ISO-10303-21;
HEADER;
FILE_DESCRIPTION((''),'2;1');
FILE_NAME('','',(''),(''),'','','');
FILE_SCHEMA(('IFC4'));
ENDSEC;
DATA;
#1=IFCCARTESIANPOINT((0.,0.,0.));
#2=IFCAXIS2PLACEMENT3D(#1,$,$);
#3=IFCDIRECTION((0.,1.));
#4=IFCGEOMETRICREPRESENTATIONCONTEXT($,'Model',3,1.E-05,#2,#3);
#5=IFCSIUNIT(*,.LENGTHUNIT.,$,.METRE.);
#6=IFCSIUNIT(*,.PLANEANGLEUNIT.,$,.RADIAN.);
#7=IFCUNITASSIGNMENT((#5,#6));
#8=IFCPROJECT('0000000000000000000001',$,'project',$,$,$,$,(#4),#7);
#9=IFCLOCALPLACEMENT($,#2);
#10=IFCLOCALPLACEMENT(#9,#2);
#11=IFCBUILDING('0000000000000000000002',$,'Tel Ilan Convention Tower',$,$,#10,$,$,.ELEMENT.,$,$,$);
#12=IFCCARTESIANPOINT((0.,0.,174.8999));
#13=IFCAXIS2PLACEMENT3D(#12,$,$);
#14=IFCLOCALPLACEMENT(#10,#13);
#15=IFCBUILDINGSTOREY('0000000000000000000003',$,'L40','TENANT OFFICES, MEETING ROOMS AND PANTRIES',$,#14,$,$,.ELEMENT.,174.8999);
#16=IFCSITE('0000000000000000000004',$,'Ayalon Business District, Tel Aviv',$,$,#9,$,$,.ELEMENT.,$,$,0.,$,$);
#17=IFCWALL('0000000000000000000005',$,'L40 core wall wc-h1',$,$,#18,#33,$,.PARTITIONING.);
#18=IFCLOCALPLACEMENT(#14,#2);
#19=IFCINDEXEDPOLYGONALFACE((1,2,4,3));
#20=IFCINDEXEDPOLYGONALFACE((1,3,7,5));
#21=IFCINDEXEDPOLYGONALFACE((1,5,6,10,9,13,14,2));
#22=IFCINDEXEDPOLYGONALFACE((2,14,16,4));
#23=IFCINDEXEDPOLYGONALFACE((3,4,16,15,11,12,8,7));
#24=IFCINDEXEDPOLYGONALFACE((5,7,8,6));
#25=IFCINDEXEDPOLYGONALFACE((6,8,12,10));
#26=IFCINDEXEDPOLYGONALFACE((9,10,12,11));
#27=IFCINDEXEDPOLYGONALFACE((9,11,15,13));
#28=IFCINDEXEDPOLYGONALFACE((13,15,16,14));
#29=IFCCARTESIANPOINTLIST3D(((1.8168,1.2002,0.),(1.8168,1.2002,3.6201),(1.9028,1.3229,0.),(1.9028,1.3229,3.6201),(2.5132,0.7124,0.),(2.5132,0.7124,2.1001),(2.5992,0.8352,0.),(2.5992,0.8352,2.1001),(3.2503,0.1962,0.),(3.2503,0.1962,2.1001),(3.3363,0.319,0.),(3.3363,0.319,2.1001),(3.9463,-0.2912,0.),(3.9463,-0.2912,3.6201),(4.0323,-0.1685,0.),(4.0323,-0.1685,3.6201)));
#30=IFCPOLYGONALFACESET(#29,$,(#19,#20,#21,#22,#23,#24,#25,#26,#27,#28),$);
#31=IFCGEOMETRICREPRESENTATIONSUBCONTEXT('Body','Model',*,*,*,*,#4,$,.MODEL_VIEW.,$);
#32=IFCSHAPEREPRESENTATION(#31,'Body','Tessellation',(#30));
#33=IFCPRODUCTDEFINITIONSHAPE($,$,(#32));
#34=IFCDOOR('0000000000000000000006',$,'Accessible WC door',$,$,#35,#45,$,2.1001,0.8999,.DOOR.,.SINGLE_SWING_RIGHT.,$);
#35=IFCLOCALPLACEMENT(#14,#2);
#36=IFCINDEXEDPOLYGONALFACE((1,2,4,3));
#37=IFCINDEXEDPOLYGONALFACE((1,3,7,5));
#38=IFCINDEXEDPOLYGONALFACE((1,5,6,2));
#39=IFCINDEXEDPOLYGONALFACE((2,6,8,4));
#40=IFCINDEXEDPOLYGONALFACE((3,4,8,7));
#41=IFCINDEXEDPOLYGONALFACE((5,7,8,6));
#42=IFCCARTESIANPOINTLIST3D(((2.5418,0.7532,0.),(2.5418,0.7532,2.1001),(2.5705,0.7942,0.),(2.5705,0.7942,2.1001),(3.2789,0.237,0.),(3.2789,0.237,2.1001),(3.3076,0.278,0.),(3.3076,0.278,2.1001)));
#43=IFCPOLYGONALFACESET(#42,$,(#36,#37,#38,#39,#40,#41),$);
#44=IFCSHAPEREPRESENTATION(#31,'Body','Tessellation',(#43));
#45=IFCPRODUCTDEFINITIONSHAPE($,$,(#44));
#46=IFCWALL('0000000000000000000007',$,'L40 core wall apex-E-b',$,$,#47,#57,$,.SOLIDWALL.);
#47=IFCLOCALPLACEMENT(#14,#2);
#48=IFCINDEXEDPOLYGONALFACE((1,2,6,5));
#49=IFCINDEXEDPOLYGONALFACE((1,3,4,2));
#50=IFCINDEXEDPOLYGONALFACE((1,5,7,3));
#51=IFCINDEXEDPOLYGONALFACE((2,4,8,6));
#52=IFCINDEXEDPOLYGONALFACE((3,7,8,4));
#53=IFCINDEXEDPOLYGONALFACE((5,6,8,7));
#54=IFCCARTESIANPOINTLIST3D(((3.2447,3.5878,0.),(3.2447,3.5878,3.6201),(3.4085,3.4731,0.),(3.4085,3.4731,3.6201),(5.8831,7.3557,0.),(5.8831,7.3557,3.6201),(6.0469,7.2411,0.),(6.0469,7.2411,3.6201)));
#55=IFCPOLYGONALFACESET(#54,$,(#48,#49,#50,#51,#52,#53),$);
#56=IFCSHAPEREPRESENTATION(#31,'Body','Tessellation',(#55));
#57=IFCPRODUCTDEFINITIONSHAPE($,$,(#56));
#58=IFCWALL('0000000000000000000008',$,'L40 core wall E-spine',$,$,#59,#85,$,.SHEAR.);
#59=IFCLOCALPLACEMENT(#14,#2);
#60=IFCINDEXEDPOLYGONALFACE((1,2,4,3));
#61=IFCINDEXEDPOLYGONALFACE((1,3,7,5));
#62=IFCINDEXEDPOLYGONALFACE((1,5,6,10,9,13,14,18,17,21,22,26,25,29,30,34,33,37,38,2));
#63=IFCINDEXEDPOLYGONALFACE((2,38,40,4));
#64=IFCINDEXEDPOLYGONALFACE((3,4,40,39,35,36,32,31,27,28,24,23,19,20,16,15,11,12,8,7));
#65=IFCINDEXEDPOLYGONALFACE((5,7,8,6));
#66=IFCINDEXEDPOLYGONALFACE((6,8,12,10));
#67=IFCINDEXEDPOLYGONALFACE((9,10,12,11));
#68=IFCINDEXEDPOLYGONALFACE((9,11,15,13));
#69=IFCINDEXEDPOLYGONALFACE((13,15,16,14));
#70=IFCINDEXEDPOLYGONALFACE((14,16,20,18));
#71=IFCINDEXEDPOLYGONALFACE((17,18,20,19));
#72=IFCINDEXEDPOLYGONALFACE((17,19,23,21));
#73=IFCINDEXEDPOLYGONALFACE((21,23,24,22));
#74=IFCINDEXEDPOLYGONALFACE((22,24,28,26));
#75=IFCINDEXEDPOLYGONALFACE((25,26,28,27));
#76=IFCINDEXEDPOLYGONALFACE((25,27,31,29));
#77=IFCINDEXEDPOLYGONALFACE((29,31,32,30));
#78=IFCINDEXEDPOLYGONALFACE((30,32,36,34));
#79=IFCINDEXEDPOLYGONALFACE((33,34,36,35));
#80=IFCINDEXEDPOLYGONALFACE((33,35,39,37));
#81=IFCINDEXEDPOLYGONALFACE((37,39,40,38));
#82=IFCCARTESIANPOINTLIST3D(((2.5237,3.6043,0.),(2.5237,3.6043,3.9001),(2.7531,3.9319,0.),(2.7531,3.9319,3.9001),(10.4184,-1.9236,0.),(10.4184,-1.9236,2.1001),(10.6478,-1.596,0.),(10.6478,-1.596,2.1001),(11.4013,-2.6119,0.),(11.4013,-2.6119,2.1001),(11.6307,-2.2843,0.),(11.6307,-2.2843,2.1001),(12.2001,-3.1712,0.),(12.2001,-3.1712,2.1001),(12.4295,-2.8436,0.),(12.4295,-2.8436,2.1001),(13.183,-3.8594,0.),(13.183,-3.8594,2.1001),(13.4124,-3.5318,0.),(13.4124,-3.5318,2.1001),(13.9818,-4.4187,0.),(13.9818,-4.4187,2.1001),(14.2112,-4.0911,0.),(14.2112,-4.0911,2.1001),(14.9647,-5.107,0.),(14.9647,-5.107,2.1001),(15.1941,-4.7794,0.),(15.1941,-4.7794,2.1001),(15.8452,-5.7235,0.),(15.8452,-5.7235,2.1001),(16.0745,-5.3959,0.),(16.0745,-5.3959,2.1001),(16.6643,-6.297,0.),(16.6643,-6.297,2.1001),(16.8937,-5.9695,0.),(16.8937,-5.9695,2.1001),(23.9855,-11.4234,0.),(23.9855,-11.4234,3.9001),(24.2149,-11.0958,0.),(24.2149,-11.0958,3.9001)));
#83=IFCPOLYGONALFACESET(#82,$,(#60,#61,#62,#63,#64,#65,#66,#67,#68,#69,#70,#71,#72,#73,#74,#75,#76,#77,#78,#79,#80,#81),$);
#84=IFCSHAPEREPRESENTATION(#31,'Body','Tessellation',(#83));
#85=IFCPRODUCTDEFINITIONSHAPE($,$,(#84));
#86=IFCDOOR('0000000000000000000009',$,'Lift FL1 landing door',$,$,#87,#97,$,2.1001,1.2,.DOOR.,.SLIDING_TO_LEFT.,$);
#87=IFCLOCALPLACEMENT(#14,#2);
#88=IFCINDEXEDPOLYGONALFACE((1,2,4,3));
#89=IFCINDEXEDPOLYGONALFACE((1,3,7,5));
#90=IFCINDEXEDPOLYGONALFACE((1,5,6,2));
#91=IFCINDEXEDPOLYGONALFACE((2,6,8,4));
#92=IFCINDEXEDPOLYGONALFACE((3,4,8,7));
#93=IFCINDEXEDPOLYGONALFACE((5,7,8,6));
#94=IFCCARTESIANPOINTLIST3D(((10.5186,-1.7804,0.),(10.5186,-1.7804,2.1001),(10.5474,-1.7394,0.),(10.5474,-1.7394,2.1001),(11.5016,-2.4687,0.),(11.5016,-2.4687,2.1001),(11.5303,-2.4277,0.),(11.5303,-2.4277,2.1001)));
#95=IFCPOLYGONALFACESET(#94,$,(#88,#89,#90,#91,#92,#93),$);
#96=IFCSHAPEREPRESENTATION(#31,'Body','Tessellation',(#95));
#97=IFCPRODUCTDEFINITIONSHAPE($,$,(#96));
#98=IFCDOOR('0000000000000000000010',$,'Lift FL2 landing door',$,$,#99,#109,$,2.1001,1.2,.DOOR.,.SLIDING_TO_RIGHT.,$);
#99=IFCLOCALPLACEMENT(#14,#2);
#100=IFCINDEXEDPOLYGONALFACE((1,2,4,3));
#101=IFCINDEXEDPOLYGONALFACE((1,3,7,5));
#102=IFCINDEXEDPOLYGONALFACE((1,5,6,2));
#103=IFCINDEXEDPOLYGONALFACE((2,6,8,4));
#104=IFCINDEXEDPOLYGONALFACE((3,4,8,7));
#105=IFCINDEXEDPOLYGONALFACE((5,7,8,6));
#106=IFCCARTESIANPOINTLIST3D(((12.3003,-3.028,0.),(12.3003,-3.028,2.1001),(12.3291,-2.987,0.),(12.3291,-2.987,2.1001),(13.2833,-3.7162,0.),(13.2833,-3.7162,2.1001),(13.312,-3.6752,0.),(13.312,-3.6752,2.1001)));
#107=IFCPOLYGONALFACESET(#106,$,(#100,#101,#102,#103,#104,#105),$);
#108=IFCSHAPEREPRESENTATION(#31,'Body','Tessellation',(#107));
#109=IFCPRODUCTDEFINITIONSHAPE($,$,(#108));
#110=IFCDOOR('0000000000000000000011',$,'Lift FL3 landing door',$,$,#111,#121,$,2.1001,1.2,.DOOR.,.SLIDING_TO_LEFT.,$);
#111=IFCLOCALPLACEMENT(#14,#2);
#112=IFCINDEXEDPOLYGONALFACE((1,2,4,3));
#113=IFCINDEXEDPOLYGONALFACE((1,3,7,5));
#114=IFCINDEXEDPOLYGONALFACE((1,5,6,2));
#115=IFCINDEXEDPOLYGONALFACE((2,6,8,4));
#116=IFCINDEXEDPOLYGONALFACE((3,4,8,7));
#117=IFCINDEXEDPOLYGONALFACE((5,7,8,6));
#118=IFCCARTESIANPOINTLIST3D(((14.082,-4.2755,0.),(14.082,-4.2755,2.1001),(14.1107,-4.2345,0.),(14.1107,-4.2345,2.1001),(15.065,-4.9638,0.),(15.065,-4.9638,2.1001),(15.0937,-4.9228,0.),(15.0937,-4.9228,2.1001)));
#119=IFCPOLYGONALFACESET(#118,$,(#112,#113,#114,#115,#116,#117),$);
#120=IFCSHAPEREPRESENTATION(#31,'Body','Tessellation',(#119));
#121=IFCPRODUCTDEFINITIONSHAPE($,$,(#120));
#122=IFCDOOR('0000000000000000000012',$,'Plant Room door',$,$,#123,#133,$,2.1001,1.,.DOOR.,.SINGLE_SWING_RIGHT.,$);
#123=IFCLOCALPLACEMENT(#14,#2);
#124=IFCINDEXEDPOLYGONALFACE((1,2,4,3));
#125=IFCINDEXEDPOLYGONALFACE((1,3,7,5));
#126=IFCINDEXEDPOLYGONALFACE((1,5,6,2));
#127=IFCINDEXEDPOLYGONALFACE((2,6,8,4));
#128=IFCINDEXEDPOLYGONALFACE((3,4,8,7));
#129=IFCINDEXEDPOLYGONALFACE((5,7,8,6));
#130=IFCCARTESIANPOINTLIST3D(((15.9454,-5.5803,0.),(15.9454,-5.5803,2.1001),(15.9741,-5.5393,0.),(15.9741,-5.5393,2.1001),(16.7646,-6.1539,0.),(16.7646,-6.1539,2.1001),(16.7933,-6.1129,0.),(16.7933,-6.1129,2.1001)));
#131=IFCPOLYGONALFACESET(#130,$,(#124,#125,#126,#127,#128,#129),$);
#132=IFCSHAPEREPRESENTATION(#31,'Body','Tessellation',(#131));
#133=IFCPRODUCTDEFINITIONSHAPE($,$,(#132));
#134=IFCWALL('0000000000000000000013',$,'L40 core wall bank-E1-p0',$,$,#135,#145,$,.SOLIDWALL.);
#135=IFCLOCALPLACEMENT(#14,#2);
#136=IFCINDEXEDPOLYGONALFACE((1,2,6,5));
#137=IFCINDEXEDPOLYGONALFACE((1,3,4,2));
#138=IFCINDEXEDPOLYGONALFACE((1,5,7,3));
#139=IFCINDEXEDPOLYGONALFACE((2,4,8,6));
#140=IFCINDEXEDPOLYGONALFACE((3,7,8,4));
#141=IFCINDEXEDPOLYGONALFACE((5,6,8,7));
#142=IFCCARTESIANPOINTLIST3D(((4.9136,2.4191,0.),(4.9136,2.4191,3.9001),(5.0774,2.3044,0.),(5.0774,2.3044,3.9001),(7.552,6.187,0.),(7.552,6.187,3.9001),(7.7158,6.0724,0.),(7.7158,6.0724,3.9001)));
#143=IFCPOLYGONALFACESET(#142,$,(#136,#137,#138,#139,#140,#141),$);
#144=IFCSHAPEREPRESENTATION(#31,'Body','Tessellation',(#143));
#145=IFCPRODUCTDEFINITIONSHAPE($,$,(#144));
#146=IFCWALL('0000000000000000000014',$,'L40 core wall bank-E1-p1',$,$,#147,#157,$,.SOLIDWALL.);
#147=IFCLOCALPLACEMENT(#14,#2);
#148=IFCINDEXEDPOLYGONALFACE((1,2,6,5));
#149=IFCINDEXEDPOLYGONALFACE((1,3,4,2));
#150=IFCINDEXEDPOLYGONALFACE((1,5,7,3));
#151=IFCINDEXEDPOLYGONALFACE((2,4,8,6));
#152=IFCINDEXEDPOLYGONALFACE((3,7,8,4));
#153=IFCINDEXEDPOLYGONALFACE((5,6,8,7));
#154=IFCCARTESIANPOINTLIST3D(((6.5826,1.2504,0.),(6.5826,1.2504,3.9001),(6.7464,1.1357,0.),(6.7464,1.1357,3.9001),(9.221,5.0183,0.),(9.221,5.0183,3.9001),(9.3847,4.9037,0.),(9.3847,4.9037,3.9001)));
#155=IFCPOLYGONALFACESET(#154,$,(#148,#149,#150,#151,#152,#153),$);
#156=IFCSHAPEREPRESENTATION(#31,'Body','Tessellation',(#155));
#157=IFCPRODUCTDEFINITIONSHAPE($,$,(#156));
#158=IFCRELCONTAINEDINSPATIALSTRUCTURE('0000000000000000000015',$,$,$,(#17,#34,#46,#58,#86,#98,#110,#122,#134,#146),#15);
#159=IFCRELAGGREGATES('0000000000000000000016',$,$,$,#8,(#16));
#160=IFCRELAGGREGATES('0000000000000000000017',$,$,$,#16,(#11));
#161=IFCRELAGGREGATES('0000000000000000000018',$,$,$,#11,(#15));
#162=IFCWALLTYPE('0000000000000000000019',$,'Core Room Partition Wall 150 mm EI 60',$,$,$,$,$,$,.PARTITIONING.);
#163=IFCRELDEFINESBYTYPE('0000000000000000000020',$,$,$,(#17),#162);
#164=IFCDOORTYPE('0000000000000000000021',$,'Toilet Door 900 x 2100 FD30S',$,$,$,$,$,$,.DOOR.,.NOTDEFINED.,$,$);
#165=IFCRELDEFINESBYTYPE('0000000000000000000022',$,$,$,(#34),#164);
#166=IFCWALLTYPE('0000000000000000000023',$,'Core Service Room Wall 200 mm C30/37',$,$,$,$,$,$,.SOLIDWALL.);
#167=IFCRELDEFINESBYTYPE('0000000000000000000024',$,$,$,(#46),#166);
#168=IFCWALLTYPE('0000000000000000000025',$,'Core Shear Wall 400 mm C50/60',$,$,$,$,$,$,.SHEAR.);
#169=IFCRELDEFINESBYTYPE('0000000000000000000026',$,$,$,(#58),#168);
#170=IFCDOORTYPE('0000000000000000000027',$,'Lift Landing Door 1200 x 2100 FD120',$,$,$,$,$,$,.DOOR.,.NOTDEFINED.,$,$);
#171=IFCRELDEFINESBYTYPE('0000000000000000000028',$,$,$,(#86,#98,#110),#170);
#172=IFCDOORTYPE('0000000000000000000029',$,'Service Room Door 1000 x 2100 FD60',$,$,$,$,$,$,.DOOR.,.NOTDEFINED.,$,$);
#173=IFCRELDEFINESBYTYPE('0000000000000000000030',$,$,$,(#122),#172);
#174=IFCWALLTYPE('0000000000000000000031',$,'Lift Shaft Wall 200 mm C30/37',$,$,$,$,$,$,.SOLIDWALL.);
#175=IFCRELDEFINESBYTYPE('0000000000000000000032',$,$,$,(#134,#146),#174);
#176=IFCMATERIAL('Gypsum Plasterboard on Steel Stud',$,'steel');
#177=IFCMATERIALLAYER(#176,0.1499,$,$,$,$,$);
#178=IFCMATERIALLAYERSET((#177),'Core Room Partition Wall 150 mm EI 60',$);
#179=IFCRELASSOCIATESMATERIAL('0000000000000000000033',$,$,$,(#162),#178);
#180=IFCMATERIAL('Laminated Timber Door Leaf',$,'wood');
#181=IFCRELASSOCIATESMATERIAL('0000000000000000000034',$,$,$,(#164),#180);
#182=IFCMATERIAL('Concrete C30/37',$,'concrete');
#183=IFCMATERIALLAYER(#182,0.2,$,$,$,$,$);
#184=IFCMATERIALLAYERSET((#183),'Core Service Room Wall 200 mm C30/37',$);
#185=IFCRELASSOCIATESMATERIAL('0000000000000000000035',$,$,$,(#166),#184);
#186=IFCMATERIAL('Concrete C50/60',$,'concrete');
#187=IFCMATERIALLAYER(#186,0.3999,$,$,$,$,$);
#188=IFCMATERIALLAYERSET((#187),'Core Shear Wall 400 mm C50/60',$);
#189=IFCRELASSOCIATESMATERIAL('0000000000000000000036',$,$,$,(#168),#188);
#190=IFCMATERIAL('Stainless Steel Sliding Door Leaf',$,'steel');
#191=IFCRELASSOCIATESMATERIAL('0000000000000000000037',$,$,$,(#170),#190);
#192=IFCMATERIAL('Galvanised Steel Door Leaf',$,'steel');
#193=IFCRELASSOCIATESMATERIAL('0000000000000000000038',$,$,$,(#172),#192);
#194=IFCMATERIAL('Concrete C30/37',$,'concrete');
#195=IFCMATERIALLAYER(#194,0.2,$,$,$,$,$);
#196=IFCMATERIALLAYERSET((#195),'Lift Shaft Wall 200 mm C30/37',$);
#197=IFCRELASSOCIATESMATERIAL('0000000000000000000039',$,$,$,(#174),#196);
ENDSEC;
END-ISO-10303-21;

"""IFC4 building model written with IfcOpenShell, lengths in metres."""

from ifc_helpers import new_model, si_unit, direction, frame, frame_2d, origin, place, context, subcontext, project, spatial, polyline, rectangle, outline, extrude, material, layer, layer_set, type_object, element, fill, save


model = new_model("IFC4")

# Units and contexts
model_context = context("Model", 3, precision=1e-05, world=origin(), true_north=direction((0.0, 1.0)))
body_context = subcontext(model_context, "Body", "Model", "MODEL_VIEW")
ifc_project = project(units=[si_unit("LENGTHUNIT", "METRE"), si_unit("PLANEANGLEUNIT", "RADIAN")], contexts=[model_context])

# Site, building, storey
site_placement = place(None, origin())
site = spatial("IfcSite", under=ifc_project, at=site_placement, Name="Ayalon Business District, Tel Aviv", CompositionType="ELEMENT", RefElevation=0.0)
building_placement = place(site_placement, origin())
building = spatial("IfcBuilding", under=site, at=building_placement, Name="Tel Ilan Convention Tower", CompositionType="ELEMENT")
storey_placement = place(building_placement, frame((0.0, 0.0, 174.8999)))
storey = spatial("IfcBuildingStorey", under=building, at=storey_placement, Name="L40", Description="TENANT OFFICES, MEETING ROOMS AND PANTRIES", CompositionType="ELEMENT", Elevation=174.8999)

# Wall, opening, door
ifc_material_1 = material(Name="Gypsum Plasterboard on Steel Stud", Category="steel")
ifc_layer_1 = layer(ifc_material_1, 0.1499)
ifc_layer_set_1 = layer_set([ifc_layer_1], Name="Core Room Partition Wall 150 mm EI 60")
wall_type_1 = type_object("IfcWallType", Name="Core Room Partition Wall 150 mm EI 60", PredefinedType="PARTITIONING", material=ifc_layer_set_1)
wall_1_placement = place(storey_placement, frame((1.8599, 1.2615, 0.0), z_axis=(0.0, 0.0, 1.0), x_axis=(0.819104, -0.573645, 0.0)))
wall_1 = element("IfcWall", 1, at=wall_1_placement, inside=storey, type_object=wall_type_1, Name="L40 core wall wc-h1", PredefinedType="PARTITIONING", context=body_context, shape_type="SweptSolid", body=[
    extrude(rectangle(XDim=2.5999, YDim=0.1499, at=frame_2d((1.2998, 0.0))), origin(), (0.0, 0.0, 1.0), 3.6201),
])
opening_1_placement = place(wall_1_placement, frame((0.8501, 0.0, 0.0)))
opening_1 = element("IfcOpeningElement", 2, at=opening_1_placement, cuts=wall_1, PredefinedType="OPENING", context=body_context, shape_type="SweptSolid", body=[
    extrude(rectangle(XDim=0.8999, YDim=2.1001, at=frame_2d((0.45, 1.05))), frame((0.0, 0.085, 0.0), z_axis=(0.0, -1.0, 0.0), x_axis=(1.0, 0.0, 0.0)), (0.0, 0.0, 1.0), 0.1699),
])
ifc_material_2 = material(Name="Laminated Timber Door Leaf", Category="wood")
door_type_1 = type_object("IfcDoorType", Name="Toilet Door 900 x 2100 FD30S", OperationType="NOTDEFINED", PredefinedType="DOOR", material=ifc_material_2)
door_1_placement = place(opening_1_placement, origin())
door_1 = element("IfcDoor", 3, at=door_1_placement, inside=storey, type_object=door_type_1, Name="Accessible WC door", OperationType="SINGLE_SWING_RIGHT", OverallHeight=2.1001, OverallWidth=0.8999, PredefinedType="DOOR", context=body_context, shape_type="SweptSolid", body=[
    extrude(rectangle(XDim=0.8999, YDim=2.1001, at=frame_2d((0.45, 1.05))), frame((0.0, 0.0249, 0.0), z_axis=(0.0, -1.0, 0.0), x_axis=(1.0, 0.0, 0.0)), (0.0, 0.0, 1.0), 0.05),
])
fill(opening_1, door_1)

# Wall
ifc_material_3 = material(Name="Concrete C30/37", Category="concrete")
ifc_layer_2 = layer(ifc_material_3, 0.2)
ifc_layer_set_2 = layer_set([ifc_layer_2], Name="Core Service Room Wall 200 mm C30/37")
wall_type_2 = type_object("IfcWallType", Name="Core Service Room Wall 200 mm C30/37", PredefinedType="SOLIDWALL", material=ifc_layer_set_2)
wall_2_placement = place(storey_placement, frame((3.3267, 3.5305, 0.0), z_axis=(0.0, 0.0, 1.0), x_axis=(0.573576, 0.819152, 0.0)))
element("IfcWall", 4, at=wall_2_placement, inside=storey, type_object=wall_type_2, Name="L40 core wall apex-E-b", PredefinedType="SOLIDWALL", context=body_context, shape_type="SweptSolid", body=[
    extrude(rectangle(XDim=4.5999, YDim=0.2, at=frame_2d((2.2998, 0.0))), origin(), (0.0, 0.0, 1.0), 3.6201),
])

# Wall, openings, doors
ifc_material_4 = material(Name="Concrete C50/60", Category="concrete")
ifc_layer_3 = layer(ifc_material_4, 0.3999)
ifc_layer_set_3 = layer_set([ifc_layer_3], Name="Core Shear Wall 400 mm C50/60")
wall_type_3 = type_object("IfcWallType", Name="Core Shear Wall 400 mm C50/60", PredefinedType="SHEAR", material=ifc_layer_set_3)
wall_3_placement = place(storey_placement, frame((2.6384, 3.7681, 0.0), z_axis=(0.0, 0.0, 1.0), x_axis=(0.819153, -0.573576, 0.0)))
wall_3 = element("IfcWall", 5, at=wall_3_placement, inside=storey, type_object=wall_type_3, Name="L40 core wall E-spine", PredefinedType="SHEAR", context=body_context, shape_type="SweptSolid", body=[
    extrude(outline(polyline([(0.0, 0.2), (0.0, -0.2), (26.2, -0.2), (26.2, 0.2), (0.0, 0.2)])), origin(), (0.0, 0.0, 1.0), 3.9001),
])
opening_2_placement = place(wall_3_placement, frame((9.6375, 0.0, 0.0)))
opening_2 = element("IfcOpeningElement", 6, at=opening_2_placement, cuts=wall_3, PredefinedType="OPENING", context=body_context, shape_type="SweptSolid", body=[
    extrude(rectangle(XDim=1.2, YDim=2.1001, at=frame_2d((0.6001, 1.05))), frame((0.0, 0.21, 0.0), z_axis=(0.0, -1.0, 0.0), x_axis=(1.0, 0.0, 0.0)), (0.0, 0.0, 1.0), 0.4199),
])
opening_3_placement = place(wall_3_placement, frame((11.8125, 0.0, 0.0)))
opening_3 = element("IfcOpeningElement", 7, at=opening_3_placement, cuts=wall_3, PredefinedType="OPENING", context=body_context, shape_type="SweptSolid", body=[
    extrude(rectangle(XDim=1.2, YDim=2.1001, at=frame_2d((0.6001, 1.05))), frame((0.0, 0.21, 0.0), z_axis=(0.0, -1.0, 0.0), x_axis=(1.0, 0.0, 0.0)), (0.0, 0.0, 1.0), 0.4199),
])
opening_4_placement = place(wall_3_placement, frame((13.9875, 0.0, 0.0)))
opening_4 = element("IfcOpeningElement", 8, at=opening_4_placement, cuts=wall_3, PredefinedType="OPENING", context=body_context, shape_type="SweptSolid", body=[
    extrude(rectangle(XDim=1.2, YDim=2.1001, at=frame_2d((0.6001, 1.05))), frame((0.0, 0.21, 0.0), z_axis=(0.0, -1.0, 0.0), x_axis=(1.0, 0.0, 0.0)), (0.0, 0.0, 1.0), 0.4199),
])
opening_5_placement = place(wall_3_placement, frame((16.2625, 0.0, 0.0)))
opening_5 = element("IfcOpeningElement", 9, at=opening_5_placement, cuts=wall_3, PredefinedType="OPENING", context=body_context, shape_type="SweptSolid", body=[
    extrude(rectangle(XDim=1.0, YDim=2.1001, at=frame_2d((0.5, 1.05))), frame((0.0, 0.21, 0.0), z_axis=(0.0, -1.0, 0.0), x_axis=(1.0, 0.0, 0.0)), (0.0, 0.0, 1.0), 0.4199),
])
ifc_material_5 = material(Name="Stainless Steel Sliding Door Leaf", Category="steel")
door_type_2 = type_object("IfcDoorType", Name="Lift Landing Door 1200 x 2100 FD120", OperationType="NOTDEFINED", PredefinedType="DOOR", material=ifc_material_5)
door_2_placement = place(opening_2_placement, origin())
door_2 = element("IfcDoor", 10, at=door_2_placement, inside=storey, type_object=door_type_2, Name="Lift FL1 landing door", OperationType="SLIDING_TO_LEFT", OverallHeight=2.1001, OverallWidth=1.2, PredefinedType="DOOR", context=body_context, shape_type="SweptSolid", body=[
    extrude(rectangle(XDim=1.2, YDim=2.1001, at=frame_2d((0.6001, 1.05))), frame((0.0, 0.0249, 0.0), z_axis=(0.0, -1.0, 0.0), x_axis=(1.0, 0.0, 0.0)), (0.0, 0.0, 1.0), 0.05),
])
fill(opening_2, door_2)
door_3_placement = place(opening_3_placement, origin())
door_3 = element("IfcDoor", 11, at=door_3_placement, inside=storey, type_object=door_type_2, Name="Lift FL2 landing door", OperationType="SLIDING_TO_RIGHT", OverallHeight=2.1001, OverallWidth=1.2, PredefinedType="DOOR", context=body_context, shape_type="SweptSolid", body=[
    extrude(rectangle(XDim=1.2, YDim=2.1001, at=frame_2d((0.6001, 1.05))), frame((0.0, 0.0249, 0.0), z_axis=(0.0, -1.0, 0.0), x_axis=(1.0, 0.0, 0.0)), (0.0, 0.0, 1.0), 0.05),
])
fill(opening_3, door_3)
door_4_placement = place(opening_4_placement, origin())
door_4 = element("IfcDoor", 12, at=door_4_placement, inside=storey, type_object=door_type_2, Name="Lift FL3 landing door", OperationType="SLIDING_TO_LEFT", OverallHeight=2.1001, OverallWidth=1.2, PredefinedType="DOOR", context=body_context, shape_type="SweptSolid", body=[
    extrude(rectangle(XDim=1.2, YDim=2.1001, at=frame_2d((0.6001, 1.05))), frame((0.0, 0.0249, 0.0), z_axis=(0.0, -1.0, 0.0), x_axis=(1.0, 0.0, 0.0)), (0.0, 0.0, 1.0), 0.05),
])
fill(opening_4, door_4)
ifc_material_6 = material(Name="Galvanised Steel Door Leaf", Category="steel")
door_type_3 = type_object("IfcDoorType", Name="Service Room Door 1000 x 2100 FD60", OperationType="NOTDEFINED", PredefinedType="DOOR", material=ifc_material_6)
door_5_placement = place(opening_5_placement, origin())
door_5 = element("IfcDoor", 13, at=door_5_placement, inside=storey, type_object=door_type_3, Name="Plant Room door", OperationType="SINGLE_SWING_RIGHT", OverallHeight=2.1001, OverallWidth=1.0, PredefinedType="DOOR", context=body_context, shape_type="SweptSolid", body=[
    extrude(rectangle(XDim=1.0, YDim=2.1001, at=frame_2d((0.5, 1.05))), frame((0.0, 0.0249, 0.0), z_axis=(0.0, -1.0, 0.0), x_axis=(1.0, 0.0, 0.0)), (0.0, 0.0, 1.0), 0.05),
])
fill(opening_5, door_5)

# Walls
ifc_material_7 = material(Name="Concrete C30/37", Category="concrete")
ifc_layer_4 = layer(ifc_material_7, 0.2)
ifc_layer_set_4 = layer_set([ifc_layer_4], Name="Lift Shaft Wall 200 mm C30/37")
wall_type_4 = type_object("IfcWallType", Name="Lift Shaft Wall 200 mm C30/37", PredefinedType="SOLIDWALL", material=ifc_layer_set_4)
for number, where, z_axis, x_axis, name in (
    (14, (4.9956, 2.3618, 0.0), (0.0, 0.0, 1.0), (0.573576, 0.819152, 0.0), "L40 core wall bank-E1-p0"),
    (15, (6.6646, 1.1931, 0.0), (0.0, 0.0, 1.0), (0.573576, 0.819152, 0.0), "L40 core wall bank-E1-p1"),
):
    element("IfcWall", number, at=place(storey_placement, frame(where, z_axis=z_axis, x_axis=x_axis)), inside=storey, type_object=wall_type_4, Name=name, PredefinedType="SOLIDWALL", context=body_context, shape_type="SweptSolid", body=[
        extrude(rectangle(XDim=4.5999, YDim=0.2, at=frame_2d((2.2998, 0.0))), origin(), (0.0, 0.0, 1.0), 3.9001),
    ])

save(model, "model.ifc")
